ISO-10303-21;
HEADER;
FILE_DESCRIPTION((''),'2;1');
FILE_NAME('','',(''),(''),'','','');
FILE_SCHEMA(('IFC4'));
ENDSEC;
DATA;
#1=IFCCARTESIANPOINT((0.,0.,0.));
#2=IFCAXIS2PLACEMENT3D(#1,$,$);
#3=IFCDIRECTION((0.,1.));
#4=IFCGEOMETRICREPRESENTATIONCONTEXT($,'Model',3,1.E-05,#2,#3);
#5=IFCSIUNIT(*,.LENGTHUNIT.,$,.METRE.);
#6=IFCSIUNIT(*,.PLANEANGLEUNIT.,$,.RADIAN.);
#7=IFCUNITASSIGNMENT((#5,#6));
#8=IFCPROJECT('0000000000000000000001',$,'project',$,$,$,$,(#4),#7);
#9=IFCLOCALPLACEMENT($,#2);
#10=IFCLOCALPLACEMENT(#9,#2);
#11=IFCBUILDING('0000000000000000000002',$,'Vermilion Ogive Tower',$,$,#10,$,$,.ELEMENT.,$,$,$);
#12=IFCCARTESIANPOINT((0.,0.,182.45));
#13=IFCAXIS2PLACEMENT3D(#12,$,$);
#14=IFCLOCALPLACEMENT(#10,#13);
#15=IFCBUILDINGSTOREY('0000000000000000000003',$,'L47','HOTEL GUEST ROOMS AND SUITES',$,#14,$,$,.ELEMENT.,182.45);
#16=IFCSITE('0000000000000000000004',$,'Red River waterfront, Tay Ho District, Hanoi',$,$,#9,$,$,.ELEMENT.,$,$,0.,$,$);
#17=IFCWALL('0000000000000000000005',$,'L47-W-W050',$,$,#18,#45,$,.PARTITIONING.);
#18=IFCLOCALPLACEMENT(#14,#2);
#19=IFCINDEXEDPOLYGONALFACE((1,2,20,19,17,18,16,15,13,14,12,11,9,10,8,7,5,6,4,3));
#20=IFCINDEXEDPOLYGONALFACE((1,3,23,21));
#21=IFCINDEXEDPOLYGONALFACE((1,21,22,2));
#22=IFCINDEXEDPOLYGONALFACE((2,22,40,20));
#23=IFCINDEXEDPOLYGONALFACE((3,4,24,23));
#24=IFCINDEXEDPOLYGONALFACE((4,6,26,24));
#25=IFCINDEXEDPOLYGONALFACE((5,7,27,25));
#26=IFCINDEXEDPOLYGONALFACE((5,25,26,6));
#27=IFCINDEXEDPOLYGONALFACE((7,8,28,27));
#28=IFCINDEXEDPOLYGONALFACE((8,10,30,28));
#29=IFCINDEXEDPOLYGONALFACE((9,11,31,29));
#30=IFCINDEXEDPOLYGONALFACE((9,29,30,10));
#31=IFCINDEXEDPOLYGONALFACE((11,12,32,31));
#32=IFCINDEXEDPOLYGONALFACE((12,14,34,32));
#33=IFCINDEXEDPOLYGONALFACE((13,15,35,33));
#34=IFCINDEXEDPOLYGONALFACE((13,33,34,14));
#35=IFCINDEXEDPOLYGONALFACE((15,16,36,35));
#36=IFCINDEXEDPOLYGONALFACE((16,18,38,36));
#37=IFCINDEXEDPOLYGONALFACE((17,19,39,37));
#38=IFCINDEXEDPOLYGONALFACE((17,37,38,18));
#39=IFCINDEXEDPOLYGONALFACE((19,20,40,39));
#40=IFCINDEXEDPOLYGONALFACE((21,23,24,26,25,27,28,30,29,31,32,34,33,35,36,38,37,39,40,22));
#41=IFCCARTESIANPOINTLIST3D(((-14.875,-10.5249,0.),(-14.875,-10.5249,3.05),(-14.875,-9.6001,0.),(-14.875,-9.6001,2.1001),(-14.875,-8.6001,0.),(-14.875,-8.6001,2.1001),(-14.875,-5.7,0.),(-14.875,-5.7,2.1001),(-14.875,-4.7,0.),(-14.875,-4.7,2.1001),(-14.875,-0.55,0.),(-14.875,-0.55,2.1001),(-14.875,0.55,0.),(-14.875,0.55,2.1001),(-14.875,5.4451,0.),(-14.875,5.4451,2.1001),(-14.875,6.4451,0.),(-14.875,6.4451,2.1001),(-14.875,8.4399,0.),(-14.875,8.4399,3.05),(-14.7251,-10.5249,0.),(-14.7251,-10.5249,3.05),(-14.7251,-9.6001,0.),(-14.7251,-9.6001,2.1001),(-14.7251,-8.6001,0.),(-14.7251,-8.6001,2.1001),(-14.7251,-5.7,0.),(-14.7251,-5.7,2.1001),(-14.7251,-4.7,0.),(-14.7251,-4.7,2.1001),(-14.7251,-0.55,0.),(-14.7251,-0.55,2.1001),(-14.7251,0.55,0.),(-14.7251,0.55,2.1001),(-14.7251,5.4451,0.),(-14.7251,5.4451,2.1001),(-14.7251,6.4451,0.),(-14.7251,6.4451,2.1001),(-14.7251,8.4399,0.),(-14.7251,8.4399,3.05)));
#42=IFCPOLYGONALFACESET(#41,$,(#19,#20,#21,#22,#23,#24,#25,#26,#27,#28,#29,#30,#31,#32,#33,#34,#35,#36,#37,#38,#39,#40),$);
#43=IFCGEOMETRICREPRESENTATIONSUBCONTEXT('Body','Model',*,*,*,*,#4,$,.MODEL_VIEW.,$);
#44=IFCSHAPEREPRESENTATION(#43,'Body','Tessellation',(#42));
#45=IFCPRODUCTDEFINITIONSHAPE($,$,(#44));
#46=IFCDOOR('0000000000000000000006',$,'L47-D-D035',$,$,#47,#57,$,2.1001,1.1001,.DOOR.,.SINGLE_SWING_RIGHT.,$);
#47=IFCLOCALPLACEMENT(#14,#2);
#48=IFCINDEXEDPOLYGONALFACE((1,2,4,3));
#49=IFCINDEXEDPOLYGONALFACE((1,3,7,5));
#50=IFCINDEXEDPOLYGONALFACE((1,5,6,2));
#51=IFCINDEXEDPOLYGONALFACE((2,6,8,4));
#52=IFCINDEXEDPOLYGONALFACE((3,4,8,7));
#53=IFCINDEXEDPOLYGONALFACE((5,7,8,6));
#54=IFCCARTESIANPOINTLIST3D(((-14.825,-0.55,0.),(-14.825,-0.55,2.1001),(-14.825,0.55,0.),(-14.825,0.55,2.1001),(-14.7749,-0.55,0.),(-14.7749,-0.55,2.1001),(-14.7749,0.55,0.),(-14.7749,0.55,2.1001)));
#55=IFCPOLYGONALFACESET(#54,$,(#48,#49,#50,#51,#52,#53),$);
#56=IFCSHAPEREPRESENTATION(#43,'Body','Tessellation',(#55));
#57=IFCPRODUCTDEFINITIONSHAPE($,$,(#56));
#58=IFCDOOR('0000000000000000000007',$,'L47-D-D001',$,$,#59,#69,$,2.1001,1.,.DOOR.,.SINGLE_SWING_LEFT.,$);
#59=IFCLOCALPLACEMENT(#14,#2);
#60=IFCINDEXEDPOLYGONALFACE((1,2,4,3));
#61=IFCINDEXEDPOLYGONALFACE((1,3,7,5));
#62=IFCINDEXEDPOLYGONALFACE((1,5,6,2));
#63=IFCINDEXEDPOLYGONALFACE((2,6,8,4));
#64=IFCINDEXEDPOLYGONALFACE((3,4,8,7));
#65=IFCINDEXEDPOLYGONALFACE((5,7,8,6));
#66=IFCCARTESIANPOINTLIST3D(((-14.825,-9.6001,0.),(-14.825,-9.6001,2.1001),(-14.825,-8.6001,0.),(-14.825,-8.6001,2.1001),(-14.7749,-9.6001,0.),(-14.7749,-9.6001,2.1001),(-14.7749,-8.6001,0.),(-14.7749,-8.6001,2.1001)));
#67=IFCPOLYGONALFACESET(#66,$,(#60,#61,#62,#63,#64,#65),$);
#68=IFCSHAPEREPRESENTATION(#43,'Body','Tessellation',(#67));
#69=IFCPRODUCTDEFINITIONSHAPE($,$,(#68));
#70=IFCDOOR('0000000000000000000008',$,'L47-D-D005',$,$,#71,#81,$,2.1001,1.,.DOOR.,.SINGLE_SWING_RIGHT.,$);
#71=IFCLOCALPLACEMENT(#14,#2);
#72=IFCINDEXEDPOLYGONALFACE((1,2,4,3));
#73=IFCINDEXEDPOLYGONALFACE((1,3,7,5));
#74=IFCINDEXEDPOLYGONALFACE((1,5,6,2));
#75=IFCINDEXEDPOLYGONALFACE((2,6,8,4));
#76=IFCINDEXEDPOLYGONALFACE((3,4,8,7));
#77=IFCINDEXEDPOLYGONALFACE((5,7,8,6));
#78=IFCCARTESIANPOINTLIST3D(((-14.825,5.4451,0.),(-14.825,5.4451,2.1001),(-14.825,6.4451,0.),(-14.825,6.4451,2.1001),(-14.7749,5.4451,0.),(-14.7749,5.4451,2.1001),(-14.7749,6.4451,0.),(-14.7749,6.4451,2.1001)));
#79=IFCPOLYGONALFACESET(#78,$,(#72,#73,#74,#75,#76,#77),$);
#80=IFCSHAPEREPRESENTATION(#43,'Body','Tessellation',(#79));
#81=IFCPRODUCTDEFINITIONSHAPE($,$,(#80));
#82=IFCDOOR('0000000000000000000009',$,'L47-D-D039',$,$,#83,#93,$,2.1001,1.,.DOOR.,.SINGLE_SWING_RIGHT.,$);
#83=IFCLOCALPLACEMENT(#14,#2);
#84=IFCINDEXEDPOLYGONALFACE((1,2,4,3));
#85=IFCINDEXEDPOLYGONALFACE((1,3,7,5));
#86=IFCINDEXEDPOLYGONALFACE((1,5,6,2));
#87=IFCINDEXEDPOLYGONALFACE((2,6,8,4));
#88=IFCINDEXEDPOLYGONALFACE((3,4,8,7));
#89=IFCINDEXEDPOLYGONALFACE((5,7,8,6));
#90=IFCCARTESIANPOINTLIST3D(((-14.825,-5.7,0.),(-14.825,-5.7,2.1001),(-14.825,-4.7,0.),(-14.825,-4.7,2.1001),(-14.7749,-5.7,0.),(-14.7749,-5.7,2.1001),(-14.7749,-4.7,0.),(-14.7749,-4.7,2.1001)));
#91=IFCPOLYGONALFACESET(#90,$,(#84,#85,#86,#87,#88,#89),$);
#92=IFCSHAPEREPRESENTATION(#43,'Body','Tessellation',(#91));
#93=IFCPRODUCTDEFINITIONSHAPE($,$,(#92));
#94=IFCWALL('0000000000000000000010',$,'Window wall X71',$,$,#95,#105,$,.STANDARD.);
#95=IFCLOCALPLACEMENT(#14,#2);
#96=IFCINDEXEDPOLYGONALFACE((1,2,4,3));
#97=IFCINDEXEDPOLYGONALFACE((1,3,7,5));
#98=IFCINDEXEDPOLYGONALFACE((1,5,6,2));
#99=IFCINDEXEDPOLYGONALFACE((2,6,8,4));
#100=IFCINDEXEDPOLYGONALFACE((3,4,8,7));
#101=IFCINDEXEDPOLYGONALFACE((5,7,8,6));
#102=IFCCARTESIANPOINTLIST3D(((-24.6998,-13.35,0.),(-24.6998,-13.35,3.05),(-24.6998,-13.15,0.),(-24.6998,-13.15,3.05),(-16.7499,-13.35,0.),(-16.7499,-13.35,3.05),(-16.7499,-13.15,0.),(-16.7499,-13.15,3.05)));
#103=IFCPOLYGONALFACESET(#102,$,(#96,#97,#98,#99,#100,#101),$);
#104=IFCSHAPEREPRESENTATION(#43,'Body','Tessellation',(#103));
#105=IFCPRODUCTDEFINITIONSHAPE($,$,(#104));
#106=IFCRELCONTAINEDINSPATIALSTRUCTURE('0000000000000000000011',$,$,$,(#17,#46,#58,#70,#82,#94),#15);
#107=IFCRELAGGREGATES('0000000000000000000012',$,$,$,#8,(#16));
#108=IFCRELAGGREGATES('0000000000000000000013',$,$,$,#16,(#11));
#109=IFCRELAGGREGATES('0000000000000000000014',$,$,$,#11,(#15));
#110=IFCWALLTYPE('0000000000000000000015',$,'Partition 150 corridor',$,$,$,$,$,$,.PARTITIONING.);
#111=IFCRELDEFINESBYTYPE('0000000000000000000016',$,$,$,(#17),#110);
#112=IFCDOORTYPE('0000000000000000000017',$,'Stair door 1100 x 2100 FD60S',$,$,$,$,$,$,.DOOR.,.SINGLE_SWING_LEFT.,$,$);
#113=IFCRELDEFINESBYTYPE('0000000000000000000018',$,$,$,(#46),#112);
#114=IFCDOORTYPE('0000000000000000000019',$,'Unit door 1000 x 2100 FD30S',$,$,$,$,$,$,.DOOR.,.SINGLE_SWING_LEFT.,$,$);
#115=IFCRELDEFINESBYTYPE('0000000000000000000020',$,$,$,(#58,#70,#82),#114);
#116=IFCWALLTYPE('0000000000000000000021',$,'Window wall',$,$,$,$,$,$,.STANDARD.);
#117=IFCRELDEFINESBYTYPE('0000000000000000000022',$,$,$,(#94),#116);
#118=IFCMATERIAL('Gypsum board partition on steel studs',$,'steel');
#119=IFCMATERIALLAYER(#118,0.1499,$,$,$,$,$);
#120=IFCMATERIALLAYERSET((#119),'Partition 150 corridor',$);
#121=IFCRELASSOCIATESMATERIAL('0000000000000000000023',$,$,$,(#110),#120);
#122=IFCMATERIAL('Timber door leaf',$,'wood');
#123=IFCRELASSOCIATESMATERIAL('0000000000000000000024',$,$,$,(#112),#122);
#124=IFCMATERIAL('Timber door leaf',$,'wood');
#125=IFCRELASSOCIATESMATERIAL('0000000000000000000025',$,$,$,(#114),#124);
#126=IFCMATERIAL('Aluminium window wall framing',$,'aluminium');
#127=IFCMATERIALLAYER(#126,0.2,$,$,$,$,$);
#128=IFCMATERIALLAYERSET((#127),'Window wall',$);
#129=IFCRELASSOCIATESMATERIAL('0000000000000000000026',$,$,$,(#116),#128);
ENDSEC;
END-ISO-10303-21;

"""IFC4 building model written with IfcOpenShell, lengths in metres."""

from ifc_helpers import new_model, si_unit, direction, frame, frame_2d, origin, place, context, subcontext, project, spatial, rectangle, extrude, material, layer, layer_set, type_object, element, fill, save


model = new_model("IFC4")

# Units and contexts
model_context = context("Model", 3, precision=1e-05, world=origin(), true_north=direction((0.0, 1.0)))
body_context = subcontext(model_context, "Body", "Model", "MODEL_VIEW")
ifc_project = project(units=[si_unit("LENGTHUNIT", "METRE"), si_unit("PLANEANGLEUNIT", "RADIAN")], contexts=[model_context])

# Site, building, storey
site_placement = place(None, origin())
site = spatial("IfcSite", under=ifc_project, at=site_placement, Name="Red River waterfront, Tay Ho District, Hanoi", CompositionType="ELEMENT", RefElevation=0.0)
building_placement = place(site_placement, origin())
building = spatial("IfcBuilding", under=site, at=building_placement, Name="Vermilion Ogive Tower", CompositionType="ELEMENT")
storey_placement = place(building_placement, frame((0.0, 0.0, 182.45)))
storey = spatial("IfcBuildingStorey", under=building, at=storey_placement, Name="L47", Description="HOTEL GUEST ROOMS AND SUITES", CompositionType="ELEMENT", Elevation=182.45)

# Wall, openings, doors
ifc_material_1 = material(Name="Gypsum board partition on steel studs", Category="steel")
ifc_layer_1 = layer(ifc_material_1, 0.1499)
ifc_layer_set_1 = layer_set([ifc_layer_1], Name="Partition 150 corridor")
wall_type_1 = type_object("IfcWallType", Name="Partition 150 corridor", PredefinedType="PARTITIONING", material=ifc_layer_set_1)
ifc_material_2 = material(Name="Timber door leaf", Category="wood")
door_type_1 = type_object("IfcDoorType", Name="Stair door 1100 x 2100 FD60S", OperationType="SINGLE_SWING_LEFT", PredefinedType="DOOR", material=ifc_material_2)
ifc_material_3 = material(Name="Timber door leaf", Category="wood")
door_type_2 = type_object("IfcDoorType", Name="Unit door 1000 x 2100 FD30S", OperationType="SINGLE_SWING_LEFT", PredefinedType="DOOR", material=ifc_material_3)
wall_1_placement = place(storey_placement, frame((-14.8, -10.5249, 0.0), z_axis=(0.0, 0.0, 1.0), x_axis=(0.0, 1.0, 0.0)))
wall_1 = element("IfcWall", 1, at=wall_1_placement, inside=storey, type_object=wall_type_1, Name="L47-W-W050", PredefinedType="PARTITIONING", context=body_context, shape_type="SweptSolid", body=[
    extrude(rectangle(XDim=18.9648, YDim=0.1499, at=frame_2d((9.4824, 0.0))), origin(), (0.0, 0.0, 1.0), 3.05),
])
opening_1_placement = place(wall_1_placement, frame((0.9248, 0.0, 0.0)))
opening_1 = element("IfcOpeningElement", 2, at=opening_1_placement, cuts=wall_1, PredefinedType="OPENING", context=body_context, shape_type="SweptSolid", body=[
    extrude(rectangle(XDim=1.0, YDim=2.1001, at=frame_2d((0.5, 1.05))), frame((0.0, 0.085, 0.0), z_axis=(0.0, -1.0, 0.0), x_axis=(1.0, 0.0, 0.0)), (0.0, 0.0, 1.0), 0.1699),
])
opening_2_placement = place(wall_1_placement, frame((15.97, 0.0, 0.0)))
opening_2 = element("IfcOpeningElement", 3, at=opening_2_placement, cuts=wall_1, PredefinedType="OPENING", context=body_context, shape_type="SweptSolid", body=[
    extrude(rectangle(XDim=1.0, YDim=2.1001, at=frame_2d((0.5, 1.05))), frame((0.0, 0.085, 0.0), z_axis=(0.0, -1.0, 0.0), x_axis=(1.0, 0.0, 0.0)), (0.0, 0.0, 1.0), 0.1699),
])
opening_3_placement = place(wall_1_placement, frame((9.9749, 0.0, 0.0)))
opening_3 = element("IfcOpeningElement", 4, at=opening_3_placement, cuts=wall_1, PredefinedType="OPENING", context=body_context, shape_type="SweptSolid", body=[
    extrude(rectangle(XDim=1.1001, YDim=2.1001, at=frame_2d((0.55, 1.05))), frame((0.0, 0.085, 0.0), z_axis=(0.0, -1.0, 0.0), x_axis=(1.0, 0.0, 0.0)), (0.0, 0.0, 1.0), 0.1699),
])
opening_4_placement = place(wall_1_placement, frame((4.825, 0.0, 0.0)))
opening_4 = element("IfcOpeningElement", 5, at=opening_4_placement, cuts=wall_1, PredefinedType="OPENING", context=body_context, shape_type="SweptSolid", body=[
    extrude(rectangle(XDim=1.0, YDim=2.1001, at=frame_2d((0.5, 1.05))), frame((0.0, 0.085, 0.0), z_axis=(0.0, -1.0, 0.0), x_axis=(1.0, 0.0, 0.0)), (0.0, 0.0, 1.0), 0.1699),
])
door_1_placement = place(opening_3_placement, origin())
door_1 = element("IfcDoor", 6, at=door_1_placement, inside=storey, type_object=door_type_1, Name="L47-D-D035", OperationType="SINGLE_SWING_RIGHT", OverallHeight=2.1001, OverallWidth=1.1001, PredefinedType="DOOR", context=body_context, shape_type="SweptSolid", body=[
    extrude(rectangle(XDim=1.1001, YDim=2.1001, at=frame_2d((0.55, 1.05))), frame((0.0, 0.0249, 0.0), z_axis=(0.0, -1.0, 0.0), x_axis=(1.0, 0.0, 0.0)), (0.0, 0.0, 1.0), 0.05),
])
fill(opening_3, door_1)
door_2_placement = place(opening_1_placement, origin())
door_2 = element("IfcDoor", 7, at=door_2_placement, inside=storey, type_object=door_type_2, Name="L47-D-D001", OperationType="SINGLE_SWING_LEFT", OverallHeight=2.1001, OverallWidth=1.0, PredefinedType="DOOR", context=body_context, shape_type="SweptSolid", body=[
    extrude(rectangle(XDim=1.0, YDim=2.1001, at=frame_2d((0.5, 1.05))), frame((0.0, 0.0249, 0.0), z_axis=(0.0, -1.0, 0.0), x_axis=(1.0, 0.0, 0.0)), (0.0, 0.0, 1.0), 0.05),
])
fill(opening_1, door_2)
door_3_placement = place(opening_2_placement, origin())
door_3 = element("IfcDoor", 8, at=door_3_placement, inside=storey, type_object=door_type_2, Name="L47-D-D005", OperationType="SINGLE_SWING_RIGHT", OverallHeight=2.1001, OverallWidth=1.0, PredefinedType="DOOR", context=body_context, shape_type="SweptSolid", body=[
    extrude(rectangle(XDim=1.0, YDim=2.1001, at=frame_2d((0.5, 1.05))), frame((0.0, 0.0249, 0.0), z_axis=(0.0, -1.0, 0.0), x_axis=(1.0, 0.0, 0.0)), (0.0, 0.0, 1.0), 0.05),
])
fill(opening_2, door_3)
door_4_placement = place(opening_4_placement, origin())
door_4 = element("IfcDoor", 9, at=door_4_placement, inside=storey, type_object=door_type_2, Name="L47-D-D039", OperationType="SINGLE_SWING_RIGHT", OverallHeight=2.1001, OverallWidth=1.0, PredefinedType="DOOR", context=body_context, shape_type="SweptSolid", body=[
    extrude(rectangle(XDim=1.0, YDim=2.1001, at=frame_2d((0.5, 1.05))), frame((0.0, 0.0249, 0.0), z_axis=(0.0, -1.0, 0.0), x_axis=(1.0, 0.0, 0.0)), (0.0, 0.0, 1.0), 0.05),
])
fill(opening_4, door_4)

# Wall
ifc_material_4 = material(Name="Aluminium window wall framing", Category="aluminium")
ifc_layer_2 = layer(ifc_material_4, 0.2)
ifc_layer_set_2 = layer_set([ifc_layer_2], Name="Window wall")
wall_type_2 = type_object("IfcWallType", Name="Window wall", PredefinedType="STANDARD", material=ifc_layer_set_2)
wall_2_placement = place(storey_placement, frame((-24.7, -13.25, 0.0), z_axis=(0.0, 0.0, 1.0), x_axis=(1.0, 0.0, 0.0)))
element("IfcWall", 10, at=wall_2_placement, inside=storey, type_object=wall_type_2, Name="Window wall X71", PredefinedType="STANDARD", context=body_context, shape_type="SweptSolid", body=[
    extrude(rectangle(XDim=7.95, YDim=0.2, at=frame_2d((3.9751, 0.0))), origin(), (0.0, 0.0, 1.0), 3.05),
])

save(model, "model.ifc")
